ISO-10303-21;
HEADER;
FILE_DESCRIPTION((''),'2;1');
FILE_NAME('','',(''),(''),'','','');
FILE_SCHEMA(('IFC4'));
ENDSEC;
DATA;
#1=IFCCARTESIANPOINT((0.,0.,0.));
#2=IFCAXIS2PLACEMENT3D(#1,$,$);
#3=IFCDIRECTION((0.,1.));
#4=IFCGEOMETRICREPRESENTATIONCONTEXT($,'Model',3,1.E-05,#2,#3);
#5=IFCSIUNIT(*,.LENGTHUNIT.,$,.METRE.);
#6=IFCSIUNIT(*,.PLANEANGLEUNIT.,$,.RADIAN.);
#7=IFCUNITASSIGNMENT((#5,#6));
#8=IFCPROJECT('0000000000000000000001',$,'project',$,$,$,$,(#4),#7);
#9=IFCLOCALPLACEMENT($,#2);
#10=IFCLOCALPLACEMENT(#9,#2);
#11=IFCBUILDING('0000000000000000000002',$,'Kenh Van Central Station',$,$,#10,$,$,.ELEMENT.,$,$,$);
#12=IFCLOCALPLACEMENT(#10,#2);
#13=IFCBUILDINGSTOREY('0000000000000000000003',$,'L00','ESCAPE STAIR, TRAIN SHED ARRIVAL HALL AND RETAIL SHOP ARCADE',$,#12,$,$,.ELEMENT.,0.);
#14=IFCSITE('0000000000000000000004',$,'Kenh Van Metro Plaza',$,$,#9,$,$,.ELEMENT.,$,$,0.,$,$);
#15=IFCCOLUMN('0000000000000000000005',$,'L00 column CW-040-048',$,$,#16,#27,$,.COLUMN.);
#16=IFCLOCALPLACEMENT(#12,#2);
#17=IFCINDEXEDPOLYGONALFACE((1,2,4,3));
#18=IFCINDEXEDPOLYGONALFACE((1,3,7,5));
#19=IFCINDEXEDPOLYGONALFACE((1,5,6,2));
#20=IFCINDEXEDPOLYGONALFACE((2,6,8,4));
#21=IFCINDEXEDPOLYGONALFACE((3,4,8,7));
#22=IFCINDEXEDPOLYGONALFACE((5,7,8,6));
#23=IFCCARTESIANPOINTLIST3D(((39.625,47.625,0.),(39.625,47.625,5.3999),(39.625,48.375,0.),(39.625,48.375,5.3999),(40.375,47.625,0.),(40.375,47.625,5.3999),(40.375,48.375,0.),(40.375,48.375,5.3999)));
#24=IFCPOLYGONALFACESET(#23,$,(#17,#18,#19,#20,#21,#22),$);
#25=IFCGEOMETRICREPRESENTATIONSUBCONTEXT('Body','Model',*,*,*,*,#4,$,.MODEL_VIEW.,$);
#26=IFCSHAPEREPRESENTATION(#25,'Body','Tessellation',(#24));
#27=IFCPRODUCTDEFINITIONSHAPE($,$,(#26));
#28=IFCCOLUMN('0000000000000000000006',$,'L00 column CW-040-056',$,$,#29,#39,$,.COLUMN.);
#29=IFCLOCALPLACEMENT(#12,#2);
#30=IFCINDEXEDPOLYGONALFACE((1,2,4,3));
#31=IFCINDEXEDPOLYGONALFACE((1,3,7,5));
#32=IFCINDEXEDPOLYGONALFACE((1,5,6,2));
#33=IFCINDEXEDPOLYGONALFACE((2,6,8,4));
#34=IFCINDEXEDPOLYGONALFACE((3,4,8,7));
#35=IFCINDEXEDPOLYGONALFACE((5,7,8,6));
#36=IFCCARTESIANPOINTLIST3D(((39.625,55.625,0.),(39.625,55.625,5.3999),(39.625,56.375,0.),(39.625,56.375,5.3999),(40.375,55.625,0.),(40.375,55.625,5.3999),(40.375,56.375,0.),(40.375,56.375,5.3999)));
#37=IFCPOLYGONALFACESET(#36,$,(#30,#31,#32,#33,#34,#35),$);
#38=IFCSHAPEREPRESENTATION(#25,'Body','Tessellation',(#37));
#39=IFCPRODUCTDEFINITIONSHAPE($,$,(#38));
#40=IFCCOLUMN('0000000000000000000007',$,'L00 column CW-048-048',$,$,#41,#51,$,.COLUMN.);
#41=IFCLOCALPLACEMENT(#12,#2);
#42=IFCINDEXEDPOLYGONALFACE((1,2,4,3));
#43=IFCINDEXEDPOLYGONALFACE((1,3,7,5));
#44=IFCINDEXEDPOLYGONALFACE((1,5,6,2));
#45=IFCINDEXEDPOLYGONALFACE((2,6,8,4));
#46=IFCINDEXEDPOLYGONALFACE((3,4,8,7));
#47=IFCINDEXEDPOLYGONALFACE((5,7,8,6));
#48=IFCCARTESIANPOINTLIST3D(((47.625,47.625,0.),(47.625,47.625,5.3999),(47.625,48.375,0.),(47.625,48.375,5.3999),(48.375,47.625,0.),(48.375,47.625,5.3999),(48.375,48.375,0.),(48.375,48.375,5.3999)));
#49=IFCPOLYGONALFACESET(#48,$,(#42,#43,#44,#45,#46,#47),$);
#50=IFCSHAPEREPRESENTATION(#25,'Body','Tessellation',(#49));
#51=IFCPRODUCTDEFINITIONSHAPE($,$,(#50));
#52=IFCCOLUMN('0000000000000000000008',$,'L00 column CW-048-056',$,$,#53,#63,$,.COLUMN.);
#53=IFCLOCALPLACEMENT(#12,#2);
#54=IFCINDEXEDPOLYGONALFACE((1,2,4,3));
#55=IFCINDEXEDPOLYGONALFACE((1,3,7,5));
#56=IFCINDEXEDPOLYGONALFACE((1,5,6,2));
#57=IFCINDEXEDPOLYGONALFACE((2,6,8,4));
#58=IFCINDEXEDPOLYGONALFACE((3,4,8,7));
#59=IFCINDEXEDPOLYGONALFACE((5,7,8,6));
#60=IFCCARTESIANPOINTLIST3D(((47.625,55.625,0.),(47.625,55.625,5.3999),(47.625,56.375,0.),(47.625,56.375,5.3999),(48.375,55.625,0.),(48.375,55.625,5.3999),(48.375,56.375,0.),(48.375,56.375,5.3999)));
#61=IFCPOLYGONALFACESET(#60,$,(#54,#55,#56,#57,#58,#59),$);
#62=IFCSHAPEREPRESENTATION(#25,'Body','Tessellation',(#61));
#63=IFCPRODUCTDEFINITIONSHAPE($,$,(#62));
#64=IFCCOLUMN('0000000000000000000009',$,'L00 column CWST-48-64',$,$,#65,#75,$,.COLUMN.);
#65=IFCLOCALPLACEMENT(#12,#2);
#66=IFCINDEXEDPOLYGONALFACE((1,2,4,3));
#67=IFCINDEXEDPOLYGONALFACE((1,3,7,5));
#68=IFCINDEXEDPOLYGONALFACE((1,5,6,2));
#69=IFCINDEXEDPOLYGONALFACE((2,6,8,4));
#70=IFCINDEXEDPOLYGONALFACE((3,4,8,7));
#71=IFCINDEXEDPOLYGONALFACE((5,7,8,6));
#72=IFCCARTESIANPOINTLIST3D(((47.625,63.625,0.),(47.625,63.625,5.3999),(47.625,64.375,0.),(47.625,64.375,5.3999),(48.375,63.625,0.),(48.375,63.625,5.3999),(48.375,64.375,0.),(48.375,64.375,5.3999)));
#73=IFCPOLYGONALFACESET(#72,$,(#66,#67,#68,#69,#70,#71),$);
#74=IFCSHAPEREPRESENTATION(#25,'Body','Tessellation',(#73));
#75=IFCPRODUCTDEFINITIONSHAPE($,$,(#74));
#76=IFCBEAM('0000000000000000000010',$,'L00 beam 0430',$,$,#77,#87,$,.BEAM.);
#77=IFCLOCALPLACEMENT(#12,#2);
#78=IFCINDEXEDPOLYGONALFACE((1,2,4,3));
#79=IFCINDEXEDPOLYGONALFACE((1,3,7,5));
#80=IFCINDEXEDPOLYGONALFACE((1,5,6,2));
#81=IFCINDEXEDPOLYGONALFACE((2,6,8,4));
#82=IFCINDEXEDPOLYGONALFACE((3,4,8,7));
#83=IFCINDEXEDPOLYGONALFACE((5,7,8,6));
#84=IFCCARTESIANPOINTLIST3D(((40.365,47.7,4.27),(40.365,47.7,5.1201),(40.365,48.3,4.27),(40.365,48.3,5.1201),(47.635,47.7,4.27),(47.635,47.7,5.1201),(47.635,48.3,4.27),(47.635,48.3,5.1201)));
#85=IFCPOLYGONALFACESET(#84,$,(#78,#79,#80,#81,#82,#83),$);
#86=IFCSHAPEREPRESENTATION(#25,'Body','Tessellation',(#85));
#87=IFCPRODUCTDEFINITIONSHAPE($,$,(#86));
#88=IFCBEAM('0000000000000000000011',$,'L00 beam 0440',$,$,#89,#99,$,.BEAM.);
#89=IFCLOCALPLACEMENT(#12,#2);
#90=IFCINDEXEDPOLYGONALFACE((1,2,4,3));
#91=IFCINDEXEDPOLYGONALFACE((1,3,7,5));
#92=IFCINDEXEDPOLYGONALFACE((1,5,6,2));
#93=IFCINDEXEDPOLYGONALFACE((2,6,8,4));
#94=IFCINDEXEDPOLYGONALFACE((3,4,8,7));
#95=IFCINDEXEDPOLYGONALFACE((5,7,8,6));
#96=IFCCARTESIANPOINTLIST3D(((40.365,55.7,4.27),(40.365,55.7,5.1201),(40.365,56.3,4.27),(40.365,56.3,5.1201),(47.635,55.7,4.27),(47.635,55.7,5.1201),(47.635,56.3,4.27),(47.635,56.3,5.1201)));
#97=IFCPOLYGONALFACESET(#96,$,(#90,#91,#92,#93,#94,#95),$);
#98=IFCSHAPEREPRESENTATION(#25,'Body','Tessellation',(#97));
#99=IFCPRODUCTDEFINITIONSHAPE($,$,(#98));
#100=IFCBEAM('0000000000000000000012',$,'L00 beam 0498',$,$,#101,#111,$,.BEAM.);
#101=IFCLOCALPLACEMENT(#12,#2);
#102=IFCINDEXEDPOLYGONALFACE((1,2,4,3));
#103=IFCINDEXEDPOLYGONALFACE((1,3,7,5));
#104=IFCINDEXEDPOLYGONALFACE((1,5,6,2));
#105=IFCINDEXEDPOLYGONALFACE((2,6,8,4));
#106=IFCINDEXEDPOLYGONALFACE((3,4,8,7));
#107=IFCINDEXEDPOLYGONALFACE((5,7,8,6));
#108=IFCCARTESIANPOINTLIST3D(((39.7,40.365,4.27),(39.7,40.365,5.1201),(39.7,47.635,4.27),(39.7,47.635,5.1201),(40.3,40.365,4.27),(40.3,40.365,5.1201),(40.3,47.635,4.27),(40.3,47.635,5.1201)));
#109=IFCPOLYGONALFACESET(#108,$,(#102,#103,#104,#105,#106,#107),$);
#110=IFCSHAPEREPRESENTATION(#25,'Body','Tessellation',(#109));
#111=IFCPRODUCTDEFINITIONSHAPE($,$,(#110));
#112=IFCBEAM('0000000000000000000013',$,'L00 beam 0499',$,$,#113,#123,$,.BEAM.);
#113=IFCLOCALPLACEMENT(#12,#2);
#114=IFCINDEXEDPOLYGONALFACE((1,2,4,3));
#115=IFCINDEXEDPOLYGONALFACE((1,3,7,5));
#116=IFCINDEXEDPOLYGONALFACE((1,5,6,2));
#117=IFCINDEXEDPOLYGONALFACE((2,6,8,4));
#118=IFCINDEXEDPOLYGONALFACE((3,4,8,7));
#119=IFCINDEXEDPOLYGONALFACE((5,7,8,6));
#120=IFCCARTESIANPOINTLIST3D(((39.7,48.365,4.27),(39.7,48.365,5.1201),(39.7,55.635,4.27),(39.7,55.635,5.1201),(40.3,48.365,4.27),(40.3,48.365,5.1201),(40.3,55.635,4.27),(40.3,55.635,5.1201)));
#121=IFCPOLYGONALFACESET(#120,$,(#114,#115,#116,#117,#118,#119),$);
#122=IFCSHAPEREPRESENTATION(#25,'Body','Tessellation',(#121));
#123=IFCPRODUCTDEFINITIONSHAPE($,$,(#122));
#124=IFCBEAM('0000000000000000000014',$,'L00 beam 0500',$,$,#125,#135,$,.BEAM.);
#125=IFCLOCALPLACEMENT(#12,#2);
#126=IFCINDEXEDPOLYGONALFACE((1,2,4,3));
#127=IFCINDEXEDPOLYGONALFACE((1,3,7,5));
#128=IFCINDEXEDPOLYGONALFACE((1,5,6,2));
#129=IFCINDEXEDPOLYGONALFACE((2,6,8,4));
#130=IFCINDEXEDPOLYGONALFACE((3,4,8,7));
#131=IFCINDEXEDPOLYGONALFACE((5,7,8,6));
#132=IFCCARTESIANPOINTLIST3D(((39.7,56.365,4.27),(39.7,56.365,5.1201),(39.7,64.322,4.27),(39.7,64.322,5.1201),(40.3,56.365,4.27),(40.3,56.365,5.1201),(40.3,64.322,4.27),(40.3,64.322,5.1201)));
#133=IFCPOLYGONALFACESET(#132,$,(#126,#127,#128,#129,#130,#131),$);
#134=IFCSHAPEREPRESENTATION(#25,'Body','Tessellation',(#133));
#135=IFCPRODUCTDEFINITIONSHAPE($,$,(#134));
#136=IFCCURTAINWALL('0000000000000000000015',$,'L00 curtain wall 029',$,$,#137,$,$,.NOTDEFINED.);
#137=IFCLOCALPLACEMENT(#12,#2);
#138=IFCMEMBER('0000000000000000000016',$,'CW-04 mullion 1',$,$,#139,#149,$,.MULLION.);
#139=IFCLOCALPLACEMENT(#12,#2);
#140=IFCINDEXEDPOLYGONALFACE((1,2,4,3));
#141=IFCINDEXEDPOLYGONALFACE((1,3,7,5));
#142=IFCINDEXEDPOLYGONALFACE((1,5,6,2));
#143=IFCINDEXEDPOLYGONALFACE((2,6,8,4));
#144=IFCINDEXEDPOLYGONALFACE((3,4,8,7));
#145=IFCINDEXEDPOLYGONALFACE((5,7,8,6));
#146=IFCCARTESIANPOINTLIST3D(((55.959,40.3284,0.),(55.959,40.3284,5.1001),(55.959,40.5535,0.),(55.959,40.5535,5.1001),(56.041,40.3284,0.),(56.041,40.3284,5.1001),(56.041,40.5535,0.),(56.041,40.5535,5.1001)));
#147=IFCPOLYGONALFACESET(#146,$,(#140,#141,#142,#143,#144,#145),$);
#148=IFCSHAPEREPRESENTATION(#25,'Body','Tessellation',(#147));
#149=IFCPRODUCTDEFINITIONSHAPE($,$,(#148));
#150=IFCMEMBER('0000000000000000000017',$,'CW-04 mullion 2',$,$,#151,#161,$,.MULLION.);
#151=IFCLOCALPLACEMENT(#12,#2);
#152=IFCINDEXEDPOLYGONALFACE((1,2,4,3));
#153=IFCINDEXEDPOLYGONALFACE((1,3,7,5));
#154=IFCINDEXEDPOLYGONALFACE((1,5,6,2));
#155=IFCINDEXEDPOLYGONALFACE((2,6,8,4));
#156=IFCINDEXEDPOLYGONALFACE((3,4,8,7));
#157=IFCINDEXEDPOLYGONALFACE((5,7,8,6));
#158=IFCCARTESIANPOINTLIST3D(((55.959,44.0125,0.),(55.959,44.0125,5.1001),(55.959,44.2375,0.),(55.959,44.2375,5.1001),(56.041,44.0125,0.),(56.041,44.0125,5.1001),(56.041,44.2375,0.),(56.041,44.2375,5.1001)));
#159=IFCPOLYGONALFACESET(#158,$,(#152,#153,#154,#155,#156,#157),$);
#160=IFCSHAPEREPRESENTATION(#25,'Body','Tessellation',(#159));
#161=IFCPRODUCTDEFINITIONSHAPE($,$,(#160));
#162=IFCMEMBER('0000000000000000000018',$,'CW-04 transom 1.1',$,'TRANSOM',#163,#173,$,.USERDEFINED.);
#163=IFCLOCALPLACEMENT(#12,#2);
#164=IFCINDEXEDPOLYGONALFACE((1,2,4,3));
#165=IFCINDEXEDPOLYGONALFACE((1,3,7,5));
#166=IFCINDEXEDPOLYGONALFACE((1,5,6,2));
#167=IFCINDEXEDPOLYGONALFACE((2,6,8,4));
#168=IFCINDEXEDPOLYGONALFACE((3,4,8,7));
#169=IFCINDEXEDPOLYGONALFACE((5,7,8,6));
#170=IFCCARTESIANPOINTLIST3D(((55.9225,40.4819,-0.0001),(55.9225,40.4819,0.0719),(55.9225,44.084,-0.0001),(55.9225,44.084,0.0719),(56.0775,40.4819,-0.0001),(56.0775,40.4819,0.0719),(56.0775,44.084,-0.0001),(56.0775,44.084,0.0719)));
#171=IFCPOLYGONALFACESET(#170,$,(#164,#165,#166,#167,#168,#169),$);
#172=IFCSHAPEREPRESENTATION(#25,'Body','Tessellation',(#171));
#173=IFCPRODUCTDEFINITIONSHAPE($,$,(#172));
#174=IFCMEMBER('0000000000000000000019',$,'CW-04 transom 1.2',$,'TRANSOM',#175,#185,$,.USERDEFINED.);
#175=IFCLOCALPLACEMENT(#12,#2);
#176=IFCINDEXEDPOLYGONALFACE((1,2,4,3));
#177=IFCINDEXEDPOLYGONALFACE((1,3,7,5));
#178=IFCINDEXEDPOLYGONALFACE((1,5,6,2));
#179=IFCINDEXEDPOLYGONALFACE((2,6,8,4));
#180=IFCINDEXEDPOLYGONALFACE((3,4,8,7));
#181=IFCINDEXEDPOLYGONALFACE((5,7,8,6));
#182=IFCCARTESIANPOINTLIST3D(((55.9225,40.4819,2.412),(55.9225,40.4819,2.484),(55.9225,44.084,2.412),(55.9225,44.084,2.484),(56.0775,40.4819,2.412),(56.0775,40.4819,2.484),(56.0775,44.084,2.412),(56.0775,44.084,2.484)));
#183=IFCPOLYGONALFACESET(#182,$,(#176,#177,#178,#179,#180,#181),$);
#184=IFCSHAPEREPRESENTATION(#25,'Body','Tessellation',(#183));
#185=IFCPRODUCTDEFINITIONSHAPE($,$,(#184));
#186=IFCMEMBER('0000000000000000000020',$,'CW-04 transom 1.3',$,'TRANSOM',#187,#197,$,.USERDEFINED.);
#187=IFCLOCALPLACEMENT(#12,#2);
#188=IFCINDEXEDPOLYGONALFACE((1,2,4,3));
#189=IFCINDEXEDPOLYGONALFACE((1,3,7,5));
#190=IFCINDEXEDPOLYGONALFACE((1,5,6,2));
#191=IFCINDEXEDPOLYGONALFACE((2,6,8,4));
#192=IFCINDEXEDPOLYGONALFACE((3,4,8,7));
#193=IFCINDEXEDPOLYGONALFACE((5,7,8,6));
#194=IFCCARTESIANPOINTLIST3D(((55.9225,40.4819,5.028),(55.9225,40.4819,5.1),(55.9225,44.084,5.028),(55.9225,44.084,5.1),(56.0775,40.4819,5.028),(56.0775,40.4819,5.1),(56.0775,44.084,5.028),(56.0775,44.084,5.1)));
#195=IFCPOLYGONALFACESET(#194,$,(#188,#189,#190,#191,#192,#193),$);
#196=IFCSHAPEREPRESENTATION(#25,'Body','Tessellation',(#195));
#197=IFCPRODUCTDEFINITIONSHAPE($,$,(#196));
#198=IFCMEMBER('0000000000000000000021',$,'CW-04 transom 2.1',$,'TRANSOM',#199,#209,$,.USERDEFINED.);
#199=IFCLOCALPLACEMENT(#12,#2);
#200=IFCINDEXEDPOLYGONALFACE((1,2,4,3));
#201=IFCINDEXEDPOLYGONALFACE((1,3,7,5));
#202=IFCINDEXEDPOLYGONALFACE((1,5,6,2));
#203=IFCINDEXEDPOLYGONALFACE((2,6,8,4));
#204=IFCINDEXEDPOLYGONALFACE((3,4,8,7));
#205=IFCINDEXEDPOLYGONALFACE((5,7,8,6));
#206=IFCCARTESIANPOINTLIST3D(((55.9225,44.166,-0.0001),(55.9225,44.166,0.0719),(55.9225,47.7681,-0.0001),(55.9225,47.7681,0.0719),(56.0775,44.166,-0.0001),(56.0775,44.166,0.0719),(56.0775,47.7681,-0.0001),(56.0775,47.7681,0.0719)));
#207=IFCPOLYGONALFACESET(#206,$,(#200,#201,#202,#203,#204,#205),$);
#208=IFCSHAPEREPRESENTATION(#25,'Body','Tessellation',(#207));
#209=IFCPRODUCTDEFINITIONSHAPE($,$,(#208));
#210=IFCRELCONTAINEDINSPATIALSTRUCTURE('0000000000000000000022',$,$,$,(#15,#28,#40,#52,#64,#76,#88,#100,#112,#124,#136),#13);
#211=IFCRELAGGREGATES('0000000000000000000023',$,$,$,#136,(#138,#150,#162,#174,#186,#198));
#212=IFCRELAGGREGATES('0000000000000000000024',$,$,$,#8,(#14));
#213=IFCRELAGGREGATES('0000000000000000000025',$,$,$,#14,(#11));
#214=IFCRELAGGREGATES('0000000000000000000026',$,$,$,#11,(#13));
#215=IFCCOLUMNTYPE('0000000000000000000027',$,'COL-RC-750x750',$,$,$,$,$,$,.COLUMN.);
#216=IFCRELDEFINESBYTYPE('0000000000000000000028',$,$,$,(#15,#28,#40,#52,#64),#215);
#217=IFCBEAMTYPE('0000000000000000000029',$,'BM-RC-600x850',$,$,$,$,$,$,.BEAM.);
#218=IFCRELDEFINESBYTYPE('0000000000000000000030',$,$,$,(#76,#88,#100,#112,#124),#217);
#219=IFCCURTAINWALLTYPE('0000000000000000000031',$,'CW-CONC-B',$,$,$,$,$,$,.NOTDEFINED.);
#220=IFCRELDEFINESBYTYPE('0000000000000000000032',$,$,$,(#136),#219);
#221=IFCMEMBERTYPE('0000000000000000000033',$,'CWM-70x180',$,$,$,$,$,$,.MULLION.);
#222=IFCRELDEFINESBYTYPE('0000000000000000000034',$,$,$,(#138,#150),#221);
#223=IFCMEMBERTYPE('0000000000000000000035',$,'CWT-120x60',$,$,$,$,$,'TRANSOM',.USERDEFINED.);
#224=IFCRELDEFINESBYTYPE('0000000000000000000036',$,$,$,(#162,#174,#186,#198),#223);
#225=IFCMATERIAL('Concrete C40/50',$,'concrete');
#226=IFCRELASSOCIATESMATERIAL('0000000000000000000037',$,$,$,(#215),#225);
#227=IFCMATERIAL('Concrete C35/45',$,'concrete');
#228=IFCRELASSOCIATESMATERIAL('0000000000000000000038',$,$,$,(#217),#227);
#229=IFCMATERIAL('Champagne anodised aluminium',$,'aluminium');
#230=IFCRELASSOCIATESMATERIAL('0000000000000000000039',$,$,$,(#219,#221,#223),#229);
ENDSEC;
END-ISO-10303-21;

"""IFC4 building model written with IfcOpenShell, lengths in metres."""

from ifc_helpers import new_model, si_unit, direction, frame, origin, origin_2d, place, context, subcontext, project, spatial, rectangle, extrude, material, material_profile, profile_set, type_object, element, aggregate, save


model = new_model("IFC4")

# Units and contexts
model_context = context("Model", 3, precision=1e-05, world=origin(), true_north=direction((0.0, 1.0)))
body_context = subcontext(model_context, "Body", "Model", "MODEL_VIEW")
ifc_project = project(units=[si_unit("LENGTHUNIT", "METRE"), si_unit("PLANEANGLEUNIT", "RADIAN")], contexts=[model_context])

# Site, building, storey
site_placement = place(None, origin())
site = spatial("IfcSite", under=ifc_project, at=site_placement, Name="Kenh Van Metro Plaza", CompositionType="ELEMENT", RefElevation=0.0)
building_placement = place(site_placement, origin())
building = spatial("IfcBuilding", under=site, at=building_placement, Name="Kenh Van Central Station", CompositionType="ELEMENT")
storey_placement = place(building_placement, origin())
storey = spatial("IfcBuildingStorey", under=building, at=storey_placement, Name="L00", Description="ESCAPE STAIR, TRAIN SHED ARRIVAL HALL AND RETAIL SHOP ARCADE", CompositionType="ELEMENT", Elevation=0.0)

# Columns
ifc_material_1 = material(Name="Concrete C40/50", Category="concrete")
ifc_material_profile_1 = material_profile(ifc_material_1, rectangle(XDim=0.75, YDim=0.75, at=origin_2d()), Name="RC 750x750")
ifc_profile_set_1 = profile_set([ifc_material_profile_1], Name="Concrete C40/50")
column_type = type_object("IfcColumnType", Name="COL-RC-750x750", PredefinedType="COLUMN", material=ifc_profile_set_1)
for number, where, z_axis, x_axis, name in (
    (1, (40.0, 48.0, 0.0), (0.0, 0.0, 1.0), (1.0, 0.0, 0.0), "L00 column CW-040-048"),
    (2, (40.0, 56.0, 0.0), (0.0, 0.0, 1.0), (1.0, 0.0, 0.0), "L00 column CW-040-056"),
    (3, (48.0, 48.0, 0.0), (0.0, 0.0, 1.0), (1.0, 0.0, 0.0), "L00 column CW-048-048"),
    (4, (48.0, 56.0, 0.0), (0.0, 0.0, 1.0), (1.0, 0.0, 0.0), "L00 column CW-048-056"),
    (5, (48.0, 64.0, 0.0), (0.0, 0.0, 1.0), (1.0, 0.0, 0.0), "L00 column CWST-48-64"),
):
    element("IfcColumn", number, at=place(storey_placement, frame(where, z_axis=z_axis, x_axis=x_axis)), inside=storey, type_object=column_type, Name=name, PredefinedType="COLUMN", context=body_context, shape_type="SweptSolid", body=[
        extrude(rectangle(XDim=0.75, YDim=0.75, at=origin_2d()), origin(), (0.0, 0.0, 1.0), 5.3999),
    ])

# Beams
ifc_material_2 = material(Name="Concrete C35/45", Category="concrete")
ifc_material_profile_2 = material_profile(ifc_material_2, rectangle(XDim=0.6001, YDim=0.8501, at=origin_2d()), Name="RC 600x850")
ifc_profile_set_2 = profile_set([ifc_material_profile_2], Name="Concrete C35/45")
beam_type_1 = type_object("IfcBeamType", Name="BM-RC-600x850", PredefinedType="BEAM", material=ifc_profile_set_2)
for number, where, z_axis, x_axis, name in (
    (6, (40.365, 48.0, 4.6951), (1.0, 0.0, 0.0), (0.0, 1.0, 0.0), "L00 beam 0430"),
    (7, (40.365, 56.0, 4.6951), (1.0, 0.0, 0.0), (0.0, 1.0, 0.0), "L00 beam 0440"),
    (8, (40.0, 40.365, 4.6951), (0.0, 1.0, 0.0), (-1.0, 0.0, 0.0), "L00 beam 0498"),
    (9, (40.0, 48.365, 4.6951), (0.0, 1.0, 0.0), (-1.0, 0.0, 0.0), "L00 beam 0499"),
):
    element("IfcBeam", number, at=place(storey_placement, frame(where, z_axis=z_axis, x_axis=x_axis)), inside=storey, type_object=beam_type_1, Name=name, PredefinedType="BEAM", context=body_context, shape_type="SweptSolid", body=[
        extrude(rectangle(XDim=0.6001, YDim=0.8501, at=origin_2d()), origin(), (0.0, 0.0, 1.0), 7.27),
    ])
beam_1_placement = place(storey_placement, frame((40.0, 56.365, 4.6951), z_axis=(0.0, 1.0, 0.0), x_axis=(-1.0, 0.0, 0.0)))
element("IfcBeam", 10, at=beam_1_placement, inside=storey, type_object=beam_type_1, Name="L00 beam 0500", PredefinedType="BEAM", context=body_context, shape_type="SweptSolid", body=[
    extrude(rectangle(XDim=0.6001, YDim=0.8501, at=origin_2d()), origin(), (0.0, 0.0, 1.0), 7.957),
])

# Curtain wall, members
ifc_material_3 = material(Name="Champagne anodised aluminium", Category="aluminium")
curtain_wall_type = type_object("IfcCurtainWallType", Name="CW-CONC-B", PredefinedType="NOTDEFINED", material=ifc_material_3)
curtain_wall_placement = place(storey_placement, origin())
curtain_wall = element("IfcCurtainWall", 11, at=curtain_wall_placement, inside=storey, type_object=curtain_wall_type, Name="L00 curtain wall 029", PredefinedType="NOTDEFINED")
ifc_material_profile_3 = material_profile(ifc_material_3, rectangle(XDim=0.082, YDim=0.2251, at=origin_2d()), Name="AL 82x225")
ifc_profile_set_3 = profile_set([ifc_material_profile_3], Name="Champagne anodised aluminium")
member_type_1 = type_object("IfcMemberType", Name="CWM-70x180", PredefinedType="MULLION", material=ifc_profile_set_3)
member_1_placement = place(storey_placement, frame((56.0, 40.4409, 0.0), z_axis=(0.0, 0.0, 1.0), x_axis=(-1.0, 0.0, 0.0)))
member_1 = element("IfcMember", 12, at=member_1_placement, type_object=member_type_1, Name="CW-04 mullion 1", PredefinedType="MULLION", context=body_context, shape_type="SweptSolid", body=[
    extrude(rectangle(XDim=0.082, YDim=0.2251, at=origin_2d()), origin(), (0.0, 0.0, 1.0), 5.1001),
])
member_2_placement = place(storey_placement, frame((56.0, 44.125, 0.0), z_axis=(0.0, 0.0, 1.0), x_axis=(-1.0, 0.0, 0.0)))
member_2 = element("IfcMember", 13, at=member_2_placement, type_object=member_type_1, Name="CW-04 mullion 2", PredefinedType="MULLION", context=body_context, shape_type="SweptSolid", body=[
    extrude(rectangle(XDim=0.082, YDim=0.2251, at=origin_2d()), origin(), (0.0, 0.0, 1.0), 5.1001),
])
ifc_material_profile_4 = material_profile(ifc_material_3, rectangle(XDim=0.155, YDim=0.072, at=origin_2d()), Name="AL 155x72")
ifc_profile_set_4 = profile_set([ifc_material_profile_4], Name="Champagne anodised aluminium")
member_type_2 = type_object("IfcMemberType", Name="CWT-120x60", ElementType="TRANSOM", PredefinedType="USERDEFINED", material=ifc_profile_set_4)
member_3_placement = place(storey_placement, frame((56.0, 40.4819, 0.0359), z_axis=(0.0, 1.0, 0.0), x_axis=(-1.0, 0.0, 0.0)))
member_3 = element("IfcMember", 14, at=member_3_placement, type_object=member_type_2, Name="CW-04 transom 1.1", ObjectType="TRANSOM", PredefinedType="USERDEFINED", context=body_context, shape_type="SweptSolid", body=[
    extrude(rectangle(XDim=0.155, YDim=0.072, at=origin_2d()), origin(), (0.0, 0.0, 1.0), 3.6021),
])
member_4_placement = place(storey_placement, frame((56.0, 40.4819, 2.448), z_axis=(0.0, 1.0, 0.0), x_axis=(-1.0, 0.0, 0.0)))
member_4 = element("IfcMember", 15, at=member_4_placement, type_object=member_type_2, Name="CW-04 transom 1.2", ObjectType="TRANSOM", PredefinedType="USERDEFINED", context=body_context, shape_type="SweptSolid", body=[
    extrude(rectangle(XDim=0.155, YDim=0.072, at=origin_2d()), origin(), (0.0, 0.0, 1.0), 3.6021),
])
member_5_placement = place(storey_placement, frame((56.0, 40.4819, 5.064), z_axis=(0.0, 1.0, 0.0), x_axis=(-1.0, 0.0, 0.0)))
member_5 = element("IfcMember", 16, at=member_5_placement, type_object=member_type_2, Name="CW-04 transom 1.3", ObjectType="TRANSOM", PredefinedType="USERDEFINED", context=body_context, shape_type="SweptSolid", body=[
    extrude(rectangle(XDim=0.155, YDim=0.072, at=origin_2d()), origin(), (0.0, 0.0, 1.0), 3.6021),
])
member_6_placement = place(storey_placement, frame((56.0, 44.166, 0.0359), z_axis=(0.0, 1.0, 0.0), x_axis=(-1.0, 0.0, 0.0)))
member_6 = element("IfcMember", 17, at=member_6_placement, type_object=member_type_2, Name="CW-04 transom 2.1", ObjectType="TRANSOM", PredefinedType="USERDEFINED", context=body_context, shape_type="SweptSolid", body=[
    extrude(rectangle(XDim=0.155, YDim=0.072, at=origin_2d()), origin(), (0.0, 0.0, 1.0), 3.6021),
])

aggregate(curtain_wall, [member_1, member_2, member_3, member_4, member_5, member_6])

save(model, "model.ifc")
